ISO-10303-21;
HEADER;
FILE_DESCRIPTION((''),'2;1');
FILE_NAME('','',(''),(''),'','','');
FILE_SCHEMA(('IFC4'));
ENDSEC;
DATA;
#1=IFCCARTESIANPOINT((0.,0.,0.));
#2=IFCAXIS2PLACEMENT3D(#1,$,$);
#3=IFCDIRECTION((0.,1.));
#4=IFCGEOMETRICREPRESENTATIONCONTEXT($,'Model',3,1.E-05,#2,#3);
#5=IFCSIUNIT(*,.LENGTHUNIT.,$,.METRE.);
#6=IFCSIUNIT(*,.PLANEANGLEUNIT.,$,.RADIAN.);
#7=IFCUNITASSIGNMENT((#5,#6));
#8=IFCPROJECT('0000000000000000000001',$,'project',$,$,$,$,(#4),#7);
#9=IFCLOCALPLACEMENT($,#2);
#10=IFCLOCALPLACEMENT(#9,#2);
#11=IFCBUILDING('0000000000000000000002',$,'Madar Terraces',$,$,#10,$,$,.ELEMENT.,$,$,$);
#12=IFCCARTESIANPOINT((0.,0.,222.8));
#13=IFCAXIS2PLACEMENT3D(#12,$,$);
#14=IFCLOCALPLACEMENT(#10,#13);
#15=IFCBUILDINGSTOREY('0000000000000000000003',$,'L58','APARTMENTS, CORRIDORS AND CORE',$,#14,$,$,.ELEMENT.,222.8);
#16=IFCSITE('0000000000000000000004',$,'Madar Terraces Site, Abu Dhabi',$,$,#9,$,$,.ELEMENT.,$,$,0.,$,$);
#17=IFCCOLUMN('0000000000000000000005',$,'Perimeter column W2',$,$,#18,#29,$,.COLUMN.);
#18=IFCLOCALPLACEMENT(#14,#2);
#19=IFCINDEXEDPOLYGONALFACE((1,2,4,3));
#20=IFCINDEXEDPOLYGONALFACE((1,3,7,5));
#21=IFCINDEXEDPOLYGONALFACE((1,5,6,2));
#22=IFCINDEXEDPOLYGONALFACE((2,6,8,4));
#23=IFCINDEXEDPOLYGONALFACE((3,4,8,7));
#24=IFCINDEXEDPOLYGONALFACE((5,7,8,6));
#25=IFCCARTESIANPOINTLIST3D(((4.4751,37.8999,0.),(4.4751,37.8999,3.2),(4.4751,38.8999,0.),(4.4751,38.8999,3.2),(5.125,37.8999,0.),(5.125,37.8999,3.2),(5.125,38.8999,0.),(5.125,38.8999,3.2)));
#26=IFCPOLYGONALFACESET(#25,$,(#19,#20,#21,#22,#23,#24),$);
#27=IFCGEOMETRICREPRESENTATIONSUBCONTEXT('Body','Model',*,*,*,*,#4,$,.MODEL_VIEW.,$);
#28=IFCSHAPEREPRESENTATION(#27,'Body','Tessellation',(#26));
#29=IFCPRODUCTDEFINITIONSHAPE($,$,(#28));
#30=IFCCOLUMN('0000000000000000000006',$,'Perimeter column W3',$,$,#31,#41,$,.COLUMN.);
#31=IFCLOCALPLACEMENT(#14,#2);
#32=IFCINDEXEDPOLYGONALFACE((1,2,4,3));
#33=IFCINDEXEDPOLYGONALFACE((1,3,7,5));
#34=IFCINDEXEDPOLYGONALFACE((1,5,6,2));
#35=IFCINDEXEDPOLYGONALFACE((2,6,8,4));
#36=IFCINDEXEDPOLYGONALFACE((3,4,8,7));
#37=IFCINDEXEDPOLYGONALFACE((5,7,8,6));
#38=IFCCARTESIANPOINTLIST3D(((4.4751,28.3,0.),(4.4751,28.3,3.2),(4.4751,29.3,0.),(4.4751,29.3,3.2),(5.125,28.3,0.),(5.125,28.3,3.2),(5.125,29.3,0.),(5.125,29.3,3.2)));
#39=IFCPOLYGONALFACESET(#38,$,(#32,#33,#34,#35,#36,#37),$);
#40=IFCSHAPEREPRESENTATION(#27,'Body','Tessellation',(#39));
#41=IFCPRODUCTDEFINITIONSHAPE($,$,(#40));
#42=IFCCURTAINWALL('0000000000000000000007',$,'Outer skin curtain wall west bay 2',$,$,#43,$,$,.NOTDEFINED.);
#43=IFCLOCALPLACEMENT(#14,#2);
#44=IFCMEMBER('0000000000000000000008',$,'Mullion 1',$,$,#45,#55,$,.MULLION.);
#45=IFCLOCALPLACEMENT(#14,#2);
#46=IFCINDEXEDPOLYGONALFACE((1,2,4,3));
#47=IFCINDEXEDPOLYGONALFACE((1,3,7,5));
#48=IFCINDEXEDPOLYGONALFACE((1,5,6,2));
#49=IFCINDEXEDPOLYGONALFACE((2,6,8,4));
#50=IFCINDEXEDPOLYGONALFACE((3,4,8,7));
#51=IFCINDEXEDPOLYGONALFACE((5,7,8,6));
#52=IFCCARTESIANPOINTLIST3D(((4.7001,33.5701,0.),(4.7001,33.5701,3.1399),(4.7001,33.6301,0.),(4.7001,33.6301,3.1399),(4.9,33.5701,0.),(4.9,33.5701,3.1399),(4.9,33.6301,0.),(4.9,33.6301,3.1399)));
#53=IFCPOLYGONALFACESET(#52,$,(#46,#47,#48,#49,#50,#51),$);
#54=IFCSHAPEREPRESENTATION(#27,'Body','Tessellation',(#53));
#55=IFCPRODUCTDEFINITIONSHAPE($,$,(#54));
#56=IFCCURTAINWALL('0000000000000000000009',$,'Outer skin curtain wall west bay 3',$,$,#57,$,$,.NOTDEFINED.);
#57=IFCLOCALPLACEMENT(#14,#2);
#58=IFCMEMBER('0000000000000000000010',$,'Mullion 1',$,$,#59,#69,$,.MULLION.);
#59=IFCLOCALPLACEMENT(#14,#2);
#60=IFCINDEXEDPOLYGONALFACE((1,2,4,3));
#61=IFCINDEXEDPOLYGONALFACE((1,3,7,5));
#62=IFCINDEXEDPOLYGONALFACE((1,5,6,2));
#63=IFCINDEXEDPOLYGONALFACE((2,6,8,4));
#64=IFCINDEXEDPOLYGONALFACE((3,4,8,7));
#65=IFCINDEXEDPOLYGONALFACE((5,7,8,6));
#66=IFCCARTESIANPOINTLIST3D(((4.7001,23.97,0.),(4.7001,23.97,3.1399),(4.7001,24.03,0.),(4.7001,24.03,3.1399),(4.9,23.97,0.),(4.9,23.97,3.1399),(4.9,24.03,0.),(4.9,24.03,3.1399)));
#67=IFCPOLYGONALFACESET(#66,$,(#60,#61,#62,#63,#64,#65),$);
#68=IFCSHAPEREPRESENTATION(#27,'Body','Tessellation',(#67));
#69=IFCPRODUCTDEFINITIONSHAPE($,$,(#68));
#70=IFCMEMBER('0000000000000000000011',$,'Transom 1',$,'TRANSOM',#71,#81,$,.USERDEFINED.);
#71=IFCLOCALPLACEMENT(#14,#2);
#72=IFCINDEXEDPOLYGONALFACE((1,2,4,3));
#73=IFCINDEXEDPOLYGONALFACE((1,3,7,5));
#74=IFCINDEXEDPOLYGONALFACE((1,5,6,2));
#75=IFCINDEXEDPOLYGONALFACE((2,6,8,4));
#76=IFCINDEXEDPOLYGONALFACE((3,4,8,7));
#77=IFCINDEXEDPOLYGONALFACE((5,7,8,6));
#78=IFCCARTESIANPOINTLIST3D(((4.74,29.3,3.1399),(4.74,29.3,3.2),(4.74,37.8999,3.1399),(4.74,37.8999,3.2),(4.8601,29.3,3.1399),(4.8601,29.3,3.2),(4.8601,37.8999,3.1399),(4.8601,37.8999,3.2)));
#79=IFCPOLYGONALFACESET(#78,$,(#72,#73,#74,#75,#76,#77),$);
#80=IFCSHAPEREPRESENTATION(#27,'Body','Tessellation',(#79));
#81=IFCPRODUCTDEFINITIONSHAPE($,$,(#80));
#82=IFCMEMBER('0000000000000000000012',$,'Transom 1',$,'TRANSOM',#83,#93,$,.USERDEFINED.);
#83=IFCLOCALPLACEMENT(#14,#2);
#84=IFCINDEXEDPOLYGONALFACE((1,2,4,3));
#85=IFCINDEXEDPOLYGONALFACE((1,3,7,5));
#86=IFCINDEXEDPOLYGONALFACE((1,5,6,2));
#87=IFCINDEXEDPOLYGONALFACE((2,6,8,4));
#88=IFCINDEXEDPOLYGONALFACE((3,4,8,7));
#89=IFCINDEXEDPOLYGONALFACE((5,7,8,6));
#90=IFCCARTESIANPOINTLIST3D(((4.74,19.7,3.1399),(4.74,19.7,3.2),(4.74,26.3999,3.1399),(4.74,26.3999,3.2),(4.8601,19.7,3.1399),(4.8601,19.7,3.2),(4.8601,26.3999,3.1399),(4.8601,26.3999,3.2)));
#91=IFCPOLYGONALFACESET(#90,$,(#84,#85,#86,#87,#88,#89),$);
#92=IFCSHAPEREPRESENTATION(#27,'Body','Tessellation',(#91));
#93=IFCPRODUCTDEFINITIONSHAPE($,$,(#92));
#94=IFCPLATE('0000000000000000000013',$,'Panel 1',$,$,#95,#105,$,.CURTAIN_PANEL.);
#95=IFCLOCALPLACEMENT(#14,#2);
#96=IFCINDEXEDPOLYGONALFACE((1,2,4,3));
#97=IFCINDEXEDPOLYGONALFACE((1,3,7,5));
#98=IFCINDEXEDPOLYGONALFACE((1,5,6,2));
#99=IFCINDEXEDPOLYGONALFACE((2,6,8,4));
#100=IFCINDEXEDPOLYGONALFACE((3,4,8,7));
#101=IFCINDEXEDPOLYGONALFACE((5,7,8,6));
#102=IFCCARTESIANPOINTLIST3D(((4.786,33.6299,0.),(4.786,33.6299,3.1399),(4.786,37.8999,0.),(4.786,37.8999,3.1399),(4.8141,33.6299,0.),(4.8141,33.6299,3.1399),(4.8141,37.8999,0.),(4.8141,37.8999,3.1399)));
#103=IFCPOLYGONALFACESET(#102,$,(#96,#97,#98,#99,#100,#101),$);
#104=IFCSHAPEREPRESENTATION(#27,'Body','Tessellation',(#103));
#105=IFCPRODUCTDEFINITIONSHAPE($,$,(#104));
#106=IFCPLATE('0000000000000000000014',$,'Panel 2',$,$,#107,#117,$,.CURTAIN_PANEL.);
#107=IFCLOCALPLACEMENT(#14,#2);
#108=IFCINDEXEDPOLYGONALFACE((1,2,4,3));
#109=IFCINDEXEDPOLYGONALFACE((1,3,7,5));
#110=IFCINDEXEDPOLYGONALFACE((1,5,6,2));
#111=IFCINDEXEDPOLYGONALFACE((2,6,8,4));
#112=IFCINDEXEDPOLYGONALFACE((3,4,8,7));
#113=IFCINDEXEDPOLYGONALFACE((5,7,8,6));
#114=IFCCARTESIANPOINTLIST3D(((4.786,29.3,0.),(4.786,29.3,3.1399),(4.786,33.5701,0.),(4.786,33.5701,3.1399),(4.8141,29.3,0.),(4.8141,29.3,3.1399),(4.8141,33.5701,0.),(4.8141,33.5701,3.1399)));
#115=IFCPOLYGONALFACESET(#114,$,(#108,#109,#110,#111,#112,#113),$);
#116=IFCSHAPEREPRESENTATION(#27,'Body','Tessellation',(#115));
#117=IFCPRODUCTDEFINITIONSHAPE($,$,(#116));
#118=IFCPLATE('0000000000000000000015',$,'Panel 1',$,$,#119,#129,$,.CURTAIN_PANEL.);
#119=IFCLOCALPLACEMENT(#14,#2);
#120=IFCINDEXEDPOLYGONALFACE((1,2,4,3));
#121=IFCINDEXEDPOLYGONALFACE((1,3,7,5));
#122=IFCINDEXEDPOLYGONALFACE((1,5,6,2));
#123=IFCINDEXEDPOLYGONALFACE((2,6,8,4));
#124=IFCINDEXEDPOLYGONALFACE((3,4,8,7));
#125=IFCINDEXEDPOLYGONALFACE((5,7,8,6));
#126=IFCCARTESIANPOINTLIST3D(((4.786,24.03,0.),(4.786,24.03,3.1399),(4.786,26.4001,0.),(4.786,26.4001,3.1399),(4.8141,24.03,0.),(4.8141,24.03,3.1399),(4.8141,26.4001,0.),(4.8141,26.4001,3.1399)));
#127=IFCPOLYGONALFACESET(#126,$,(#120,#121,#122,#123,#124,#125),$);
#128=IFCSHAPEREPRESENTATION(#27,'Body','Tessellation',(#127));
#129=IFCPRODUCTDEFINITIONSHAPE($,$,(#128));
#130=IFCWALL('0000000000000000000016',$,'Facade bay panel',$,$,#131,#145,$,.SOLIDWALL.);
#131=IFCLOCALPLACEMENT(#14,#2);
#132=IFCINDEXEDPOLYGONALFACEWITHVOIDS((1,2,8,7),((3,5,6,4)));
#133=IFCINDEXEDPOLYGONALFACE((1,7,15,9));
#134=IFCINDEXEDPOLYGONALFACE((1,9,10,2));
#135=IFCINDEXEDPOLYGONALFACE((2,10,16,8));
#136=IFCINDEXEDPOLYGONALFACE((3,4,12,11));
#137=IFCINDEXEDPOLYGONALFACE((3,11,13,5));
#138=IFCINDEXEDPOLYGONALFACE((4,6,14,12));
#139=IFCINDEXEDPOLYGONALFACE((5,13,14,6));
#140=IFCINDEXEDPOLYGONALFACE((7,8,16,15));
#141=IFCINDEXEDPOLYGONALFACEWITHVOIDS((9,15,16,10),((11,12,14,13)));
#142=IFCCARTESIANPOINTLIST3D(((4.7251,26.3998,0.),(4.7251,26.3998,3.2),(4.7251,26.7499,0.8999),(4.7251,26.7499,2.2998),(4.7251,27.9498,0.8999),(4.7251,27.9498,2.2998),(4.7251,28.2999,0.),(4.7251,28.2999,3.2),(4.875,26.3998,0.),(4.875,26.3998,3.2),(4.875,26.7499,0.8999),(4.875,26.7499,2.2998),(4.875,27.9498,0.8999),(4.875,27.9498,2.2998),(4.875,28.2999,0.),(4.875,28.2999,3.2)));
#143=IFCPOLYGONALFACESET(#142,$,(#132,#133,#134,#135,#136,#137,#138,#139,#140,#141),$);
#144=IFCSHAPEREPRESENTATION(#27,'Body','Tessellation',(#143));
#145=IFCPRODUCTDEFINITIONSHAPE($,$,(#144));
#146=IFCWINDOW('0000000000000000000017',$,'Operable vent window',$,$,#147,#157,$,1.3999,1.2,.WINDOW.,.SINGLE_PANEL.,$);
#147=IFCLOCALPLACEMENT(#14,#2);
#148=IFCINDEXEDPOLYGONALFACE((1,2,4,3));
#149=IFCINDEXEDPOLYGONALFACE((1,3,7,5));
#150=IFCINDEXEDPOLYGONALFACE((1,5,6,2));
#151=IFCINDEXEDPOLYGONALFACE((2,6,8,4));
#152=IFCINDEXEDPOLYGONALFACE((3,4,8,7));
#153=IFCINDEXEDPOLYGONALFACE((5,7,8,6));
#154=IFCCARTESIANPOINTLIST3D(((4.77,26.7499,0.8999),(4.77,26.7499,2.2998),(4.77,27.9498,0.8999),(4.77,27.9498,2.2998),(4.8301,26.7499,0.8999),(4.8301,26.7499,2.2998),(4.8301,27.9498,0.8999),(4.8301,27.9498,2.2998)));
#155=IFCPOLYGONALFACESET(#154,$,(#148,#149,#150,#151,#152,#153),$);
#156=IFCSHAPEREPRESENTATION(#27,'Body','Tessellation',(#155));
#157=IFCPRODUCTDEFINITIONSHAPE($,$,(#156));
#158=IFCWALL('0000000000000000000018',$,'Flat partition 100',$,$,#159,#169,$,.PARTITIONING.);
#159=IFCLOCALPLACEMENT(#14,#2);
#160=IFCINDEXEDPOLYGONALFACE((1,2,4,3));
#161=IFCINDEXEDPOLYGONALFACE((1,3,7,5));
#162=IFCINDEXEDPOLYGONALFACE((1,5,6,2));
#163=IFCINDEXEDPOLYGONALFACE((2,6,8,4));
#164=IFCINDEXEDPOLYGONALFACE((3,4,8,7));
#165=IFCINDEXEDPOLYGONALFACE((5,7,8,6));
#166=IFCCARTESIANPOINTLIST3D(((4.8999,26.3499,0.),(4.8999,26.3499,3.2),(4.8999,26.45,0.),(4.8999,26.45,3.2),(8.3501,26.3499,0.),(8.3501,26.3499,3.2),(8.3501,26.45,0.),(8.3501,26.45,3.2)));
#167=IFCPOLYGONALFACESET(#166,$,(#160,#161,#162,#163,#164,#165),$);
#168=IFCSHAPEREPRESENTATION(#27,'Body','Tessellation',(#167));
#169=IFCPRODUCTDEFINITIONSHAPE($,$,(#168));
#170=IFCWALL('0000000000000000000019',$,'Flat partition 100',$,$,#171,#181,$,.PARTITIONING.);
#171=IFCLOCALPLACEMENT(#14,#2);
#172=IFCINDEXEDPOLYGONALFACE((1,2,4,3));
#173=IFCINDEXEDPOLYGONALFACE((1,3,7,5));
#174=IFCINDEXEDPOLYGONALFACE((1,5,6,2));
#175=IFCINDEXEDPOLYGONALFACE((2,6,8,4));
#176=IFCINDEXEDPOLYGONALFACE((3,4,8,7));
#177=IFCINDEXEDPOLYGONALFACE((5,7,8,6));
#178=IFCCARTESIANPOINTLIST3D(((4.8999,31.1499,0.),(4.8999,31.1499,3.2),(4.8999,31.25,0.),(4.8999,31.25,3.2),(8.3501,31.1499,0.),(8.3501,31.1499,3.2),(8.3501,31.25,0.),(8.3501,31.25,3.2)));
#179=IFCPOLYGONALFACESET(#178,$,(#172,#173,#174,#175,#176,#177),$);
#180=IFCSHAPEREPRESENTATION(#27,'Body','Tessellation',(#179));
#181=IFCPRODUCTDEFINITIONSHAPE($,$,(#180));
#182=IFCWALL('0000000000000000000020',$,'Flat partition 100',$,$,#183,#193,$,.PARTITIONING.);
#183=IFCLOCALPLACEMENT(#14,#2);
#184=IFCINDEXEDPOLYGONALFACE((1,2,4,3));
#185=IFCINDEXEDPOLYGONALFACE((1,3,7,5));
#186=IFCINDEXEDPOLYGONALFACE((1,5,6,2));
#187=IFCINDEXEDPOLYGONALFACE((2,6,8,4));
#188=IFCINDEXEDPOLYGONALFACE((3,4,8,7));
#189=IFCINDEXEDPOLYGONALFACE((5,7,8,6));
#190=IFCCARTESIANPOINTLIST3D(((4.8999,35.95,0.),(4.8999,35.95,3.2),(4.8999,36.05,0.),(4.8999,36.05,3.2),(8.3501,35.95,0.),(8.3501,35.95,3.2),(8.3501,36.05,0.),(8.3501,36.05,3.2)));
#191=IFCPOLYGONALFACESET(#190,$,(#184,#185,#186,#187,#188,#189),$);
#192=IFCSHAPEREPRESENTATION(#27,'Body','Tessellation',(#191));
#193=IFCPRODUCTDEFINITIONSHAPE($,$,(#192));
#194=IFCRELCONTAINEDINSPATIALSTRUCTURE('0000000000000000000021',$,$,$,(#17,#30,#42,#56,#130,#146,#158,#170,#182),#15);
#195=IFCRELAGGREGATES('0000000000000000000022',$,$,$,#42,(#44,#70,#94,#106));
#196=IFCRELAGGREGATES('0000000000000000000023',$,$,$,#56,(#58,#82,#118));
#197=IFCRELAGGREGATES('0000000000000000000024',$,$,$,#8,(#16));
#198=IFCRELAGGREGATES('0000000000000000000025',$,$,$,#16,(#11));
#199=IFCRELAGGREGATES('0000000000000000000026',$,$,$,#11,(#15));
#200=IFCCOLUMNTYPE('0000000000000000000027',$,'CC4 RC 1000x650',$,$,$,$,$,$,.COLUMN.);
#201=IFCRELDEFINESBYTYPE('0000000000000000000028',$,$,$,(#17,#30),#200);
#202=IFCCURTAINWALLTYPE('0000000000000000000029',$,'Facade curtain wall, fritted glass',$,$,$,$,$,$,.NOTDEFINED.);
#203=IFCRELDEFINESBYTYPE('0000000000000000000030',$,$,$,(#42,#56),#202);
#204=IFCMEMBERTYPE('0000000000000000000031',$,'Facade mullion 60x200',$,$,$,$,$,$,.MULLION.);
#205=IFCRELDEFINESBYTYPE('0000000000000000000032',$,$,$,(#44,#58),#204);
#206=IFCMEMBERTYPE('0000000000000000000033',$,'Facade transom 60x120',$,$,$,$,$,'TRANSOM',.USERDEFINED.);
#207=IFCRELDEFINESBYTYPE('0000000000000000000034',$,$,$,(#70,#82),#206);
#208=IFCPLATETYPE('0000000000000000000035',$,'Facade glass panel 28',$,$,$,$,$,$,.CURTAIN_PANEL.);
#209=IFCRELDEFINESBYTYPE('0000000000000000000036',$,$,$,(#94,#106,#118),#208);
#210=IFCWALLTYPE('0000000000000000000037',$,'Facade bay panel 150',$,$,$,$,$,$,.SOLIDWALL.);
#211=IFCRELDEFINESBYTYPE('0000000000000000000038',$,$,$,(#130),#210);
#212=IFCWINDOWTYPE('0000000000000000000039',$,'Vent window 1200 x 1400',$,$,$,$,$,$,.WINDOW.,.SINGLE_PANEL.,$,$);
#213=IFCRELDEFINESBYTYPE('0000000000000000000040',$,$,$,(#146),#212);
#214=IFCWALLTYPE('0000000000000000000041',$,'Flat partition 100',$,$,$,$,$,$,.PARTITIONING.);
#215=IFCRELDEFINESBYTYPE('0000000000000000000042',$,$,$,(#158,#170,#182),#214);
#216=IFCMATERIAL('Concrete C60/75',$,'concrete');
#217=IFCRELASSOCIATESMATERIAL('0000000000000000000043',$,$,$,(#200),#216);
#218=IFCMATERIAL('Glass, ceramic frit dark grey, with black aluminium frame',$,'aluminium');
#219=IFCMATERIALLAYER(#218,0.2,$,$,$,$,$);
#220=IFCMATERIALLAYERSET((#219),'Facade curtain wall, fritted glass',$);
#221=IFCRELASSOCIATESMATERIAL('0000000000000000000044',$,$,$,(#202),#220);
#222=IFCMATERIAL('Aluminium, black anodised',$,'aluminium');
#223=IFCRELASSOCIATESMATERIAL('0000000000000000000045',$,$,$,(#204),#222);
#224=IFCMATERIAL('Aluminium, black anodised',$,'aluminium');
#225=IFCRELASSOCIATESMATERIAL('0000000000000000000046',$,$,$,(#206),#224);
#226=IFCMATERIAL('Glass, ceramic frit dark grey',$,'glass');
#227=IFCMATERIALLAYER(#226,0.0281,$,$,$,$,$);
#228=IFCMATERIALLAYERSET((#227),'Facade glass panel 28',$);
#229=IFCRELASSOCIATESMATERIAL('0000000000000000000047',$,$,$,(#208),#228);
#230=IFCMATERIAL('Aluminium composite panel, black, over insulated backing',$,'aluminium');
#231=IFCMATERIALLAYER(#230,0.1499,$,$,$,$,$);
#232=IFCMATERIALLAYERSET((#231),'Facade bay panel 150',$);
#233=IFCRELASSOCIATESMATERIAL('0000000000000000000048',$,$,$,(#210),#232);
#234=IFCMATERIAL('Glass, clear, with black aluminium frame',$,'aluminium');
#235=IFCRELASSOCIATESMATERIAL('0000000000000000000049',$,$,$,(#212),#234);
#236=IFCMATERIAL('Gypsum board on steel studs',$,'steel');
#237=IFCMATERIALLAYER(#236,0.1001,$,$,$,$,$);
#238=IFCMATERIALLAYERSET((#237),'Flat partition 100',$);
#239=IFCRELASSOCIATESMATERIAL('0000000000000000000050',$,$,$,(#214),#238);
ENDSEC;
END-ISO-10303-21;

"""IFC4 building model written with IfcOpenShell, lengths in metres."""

from ifc_helpers import new_model, si_unit, direction, frame, frame_2d, origin, origin_2d, place, context, subcontext, project, spatial, rectangle, extrude, material, layer, layer_set, material_profile, profile_set, type_object, element, fill, aggregate, save


model = new_model("IFC4")

# Units and contexts
model_context = context("Model", 3, precision=1e-05, world=origin(), true_north=direction((0.0, 1.0)))
body_context = subcontext(model_context, "Body", "Model", "MODEL_VIEW")
ifc_project = project(units=[si_unit("LENGTHUNIT", "METRE"), si_unit("PLANEANGLEUNIT", "RADIAN")], contexts=[model_context])

# Site, building, storey
site_placement = place(None, origin())
site = spatial("IfcSite", under=ifc_project, at=site_placement, Name="Madar Terraces Site, Abu Dhabi", CompositionType="ELEMENT", RefElevation=0.0)
building_placement = place(site_placement, origin())
building = spatial("IfcBuilding", under=site, at=building_placement, Name="Madar Terraces", CompositionType="ELEMENT")
storey_placement = place(building_placement, frame((0.0, 0.0, 222.8)))
storey = spatial("IfcBuildingStorey", under=building, at=storey_placement, Name="L58", Description="APARTMENTS, CORRIDORS AND CORE", CompositionType="ELEMENT", Elevation=222.8)

# Columns
ifc_material_1 = material(Name="Concrete C60/75", Category="concrete")
ifc_material_profile_1 = material_profile(ifc_material_1, rectangle(XDim=1.0, YDim=0.6499, at=origin_2d()), Name="CC4 RC 1000x650")
ifc_profile_set_1 = profile_set([ifc_material_profile_1], Name="Concrete C60/75")
column_type = type_object("IfcColumnType", Name="CC4 RC 1000x650", PredefinedType="COLUMN", material=ifc_profile_set_1)
for number, where, z_axis, x_axis, name in (
    (1, (4.8, 38.3999, 0.0), (0.0, 0.0, 1.0), (0.0, 1.0, 0.0), "Perimeter column W2"),
    (2, (4.8, 28.8, 0.0), (0.0, 0.0, 1.0), (0.0, 1.0, 0.0), "Perimeter column W3"),
):
    element("IfcColumn", number, at=place(storey_placement, frame(where, z_axis=z_axis, x_axis=x_axis)), inside=storey, type_object=column_type, Name=name, PredefinedType="COLUMN", context=body_context, shape_type="SweptSolid", body=[
        extrude(rectangle(XDim=1.0, YDim=0.6499, at=origin_2d()), origin(), (0.0, 0.0, 1.0), 3.2),
    ])

# Curtain walls, members
ifc_material_2 = material(Name="Glass, ceramic frit dark grey, with black aluminium frame", Category="aluminium")
ifc_layer_1 = layer(ifc_material_2, 0.2)
ifc_layer_set_1 = layer_set([ifc_layer_1], Name="Facade curtain wall, fritted glass")
curtain_wall_type = type_object("IfcCurtainWallType", Name="Facade curtain wall, fritted glass", PredefinedType="NOTDEFINED", material=ifc_layer_set_1)
curtain_wall_1_placement = place(storey_placement, origin())
curtain_wall_1 = element("IfcCurtainWall", 3, at=curtain_wall_1_placement, inside=storey, type_object=curtain_wall_type, Name="Outer skin curtain wall west bay 2", PredefinedType="NOTDEFINED")
ifc_material_3 = material(Name="Aluminium, black anodised", Category="aluminium")
ifc_material_profile_2 = material_profile(ifc_material_3, rectangle(XDim=0.2, YDim=0.0601, at=origin_2d()), Name="Facade mullion 60x200")
ifc_profile_set_2 = profile_set([ifc_material_profile_2], Name="Aluminium, black anodised")
member_type_1 = type_object("IfcMemberType", Name="Facade mullion 60x200", PredefinedType="MULLION", material=ifc_profile_set_2)
member_1_placement = place(storey_placement, frame((4.8, 33.6001, 0.0), z_axis=(0.0, 0.0, 1.0), x_axis=(1.0, 0.0, 0.0)))
member_1 = element("IfcMember", 4, at=member_1_placement, type_object=member_type_1, Name="Mullion 1", PredefinedType="MULLION", context=body_context, shape_type="SweptSolid", body=[
    extrude(rectangle(XDim=0.2, YDim=0.0601, at=origin_2d()), origin(), (0.0, 0.0, 1.0), 3.1399),
])
curtain_wall_2_placement = place(storey_placement, origin())
curtain_wall_2 = element("IfcCurtainWall", 5, at=curtain_wall_2_placement, inside=storey, type_object=curtain_wall_type, Name="Outer skin curtain wall west bay 3", PredefinedType="NOTDEFINED")
member_2_placement = place(storey_placement, frame((4.8, 24.0, 0.0), z_axis=(0.0, 0.0, 1.0), x_axis=(1.0, 0.0, 0.0)))
member_2 = element("IfcMember", 6, at=member_2_placement, type_object=member_type_1, Name="Mullion 1", PredefinedType="MULLION", context=body_context, shape_type="SweptSolid", body=[
    extrude(rectangle(XDim=0.2, YDim=0.0601, at=origin_2d()), origin(), (0.0, 0.0, 1.0), 3.1399),
])

# Members
ifc_material_4 = material(Name="Aluminium, black anodised", Category="aluminium")
ifc_material_profile_3 = material_profile(ifc_material_4, rectangle(XDim=0.1201, YDim=0.0601, at=origin_2d()), Name="Facade transom 60x120")
ifc_profile_set_3 = profile_set([ifc_material_profile_3], Name="Aluminium, black anodised")
member_type_2 = type_object("IfcMemberType", Name="Facade transom 60x120", ElementType="TRANSOM", PredefinedType="USERDEFINED", material=ifc_profile_set_3)
member_3_placement = place(storey_placement, frame((4.8, 37.8999, 3.1699), z_axis=(0.0, -1.0, 0.0), x_axis=(1.0, 0.0, 0.0)))
member_3 = element("IfcMember", 7, at=member_3_placement, type_object=member_type_2, Name="Transom 1", ObjectType="TRANSOM", PredefinedType="USERDEFINED", context=body_context, shape_type="SweptSolid", body=[
    extrude(rectangle(XDim=0.1201, YDim=0.0601, at=origin_2d()), origin(), (0.0, 0.0, 1.0), 8.5999),
])
member_4_placement = place(storey_placement, frame((4.8, 26.3999, 3.1699), z_axis=(0.0, -1.0, 0.0), x_axis=(1.0, 0.0, 0.0)))
member_4 = element("IfcMember", 8, at=member_4_placement, type_object=member_type_2, Name="Transom 1", ObjectType="TRANSOM", PredefinedType="USERDEFINED", context=body_context, shape_type="SweptSolid", body=[
    extrude(rectangle(XDim=0.1201, YDim=0.0601, at=origin_2d()), origin(), (0.0, 0.0, 1.0), 6.7),
])

# Plates
ifc_material_5 = material(Name="Glass, ceramic frit dark grey", Category="glass")
ifc_layer_2 = layer(ifc_material_5, 0.0281)
ifc_layer_set_2 = layer_set([ifc_layer_2], Name="Facade glass panel 28")
plate_type = type_object("IfcPlateType", Name="Facade glass panel 28", PredefinedType="CURTAIN_PANEL", material=ifc_layer_set_2)
plate_1_placement = place(storey_placement, frame((4.8, 35.7649, 0.0), z_axis=(0.0, 0.0, 1.0), x_axis=(0.0, -1.0, 0.0)))
plate_1 = element("IfcPlate", 9, at=plate_1_placement, type_object=plate_type, Name="Panel 1", PredefinedType="CURTAIN_PANEL", context=body_context, shape_type="SweptSolid", body=[
    extrude(rectangle(XDim=4.27, YDim=0.0281, at=origin_2d()), origin(), (0.0, 0.0, 1.0), 3.1399),
])
plate_2_placement = place(storey_placement, frame((4.8, 31.4351, 0.0), z_axis=(0.0, 0.0, 1.0), x_axis=(0.0, -1.0, 0.0)))
plate_2 = element("IfcPlate", 10, at=plate_2_placement, type_object=plate_type, Name="Panel 2", PredefinedType="CURTAIN_PANEL", context=body_context, shape_type="SweptSolid", body=[
    extrude(rectangle(XDim=4.27, YDim=0.0281, at=origin_2d()), origin(), (0.0, 0.0, 1.0), 3.1399),
])
aggregate(curtain_wall_1, [member_1, member_3, plate_1, plate_2])
plate_3_placement = place(storey_placement, frame((4.8, 25.2151, 0.0), z_axis=(0.0, 0.0, 1.0), x_axis=(0.0, -1.0, 0.0)))
plate_3 = element("IfcPlate", 11, at=plate_3_placement, type_object=plate_type, Name="Panel 1", PredefinedType="CURTAIN_PANEL", context=body_context, shape_type="SweptSolid", body=[
    extrude(rectangle(XDim=2.3701, YDim=0.0281, at=origin_2d()), origin(), (0.0, 0.0, 1.0), 3.1399),
])
aggregate(curtain_wall_2, [member_2, member_4, plate_3])

# Wall, opening, window
ifc_material_6 = material(Name="Aluminium composite panel, black, over insulated backing", Category="aluminium")
ifc_layer_3 = layer(ifc_material_6, 0.1499)
ifc_layer_set_3 = layer_set([ifc_layer_3], Name="Facade bay panel 150")
wall_type_1 = type_object("IfcWallType", Name="Facade bay panel 150", PredefinedType="SOLIDWALL", material=ifc_layer_set_3)
wall_1_placement = place(storey_placement, frame((4.8, 28.3, 0.0), z_axis=(0.0, 0.0, 1.0), x_axis=(0.0, -1.0, 0.0)))
wall_1 = element("IfcWall", 12, at=wall_1_placement, inside=storey, type_object=wall_type_1, Name="Facade bay panel", PredefinedType="SOLIDWALL", context=body_context, shape_type="SweptSolid", body=[
    extrude(rectangle(XDim=1.9001, YDim=0.1499, at=frame_2d((0.9502, 0.0))), origin(), (0.0, 0.0, 1.0), 3.2),
])
opening_1_placement = place(wall_1_placement, frame((0.3501, 0.0, 0.8999)))
opening_1 = element("IfcOpeningElement", 13, at=opening_1_placement, cuts=wall_1, PredefinedType="OPENING", context=body_context, shape_type="SweptSolid", body=[
    extrude(rectangle(XDim=1.2, YDim=1.3999, at=frame_2d((0.6001, 0.7))), frame((0.0, 0.085, 0.0), z_axis=(0.0, -1.0, 0.0), x_axis=(1.0, 0.0, 0.0)), (0.0, 0.0, 1.0), 0.1699),
])
ifc_material_7 = material(Name="Glass, clear, with black aluminium frame", Category="aluminium")
window_type = type_object("IfcWindowType", Name="Vent window 1200 x 1400", PartitioningType="SINGLE_PANEL", PredefinedType="WINDOW", material=ifc_material_7)
window_placement = place(opening_1_placement, origin())
window = element("IfcWindow", 14, at=window_placement, inside=storey, type_object=window_type, Name="Operable vent window", OverallHeight=1.3999, OverallWidth=1.2, PartitioningType="SINGLE_PANEL", PredefinedType="WINDOW", context=body_context, shape_type="SweptSolid", body=[
    extrude(rectangle(XDim=1.2, YDim=1.3999, at=frame_2d((0.6001, 0.7))), frame((0.0, 0.03, 0.0), z_axis=(0.0, -1.0, 0.0), x_axis=(1.0, 0.0, 0.0)), (0.0, 0.0, 1.0), 0.0601),
])
fill(opening_1, window)

# Walls
ifc_material_8 = material(Name="Gypsum board on steel studs", Category="steel")
ifc_layer_4 = layer(ifc_material_8, 0.1001)
ifc_layer_set_4 = layer_set([ifc_layer_4], Name="Flat partition 100")
wall_type_2 = type_object("IfcWallType", Name="Flat partition 100", PredefinedType="PARTITIONING", material=ifc_layer_set_4)
for number, where, z_axis, x_axis, name in (
    (15, (8.3501, 26.3999, 0.0), (0.0, 0.0, 1.0), (-1.0, 0.0, 0.0), "Flat partition 100"),
    (16, (8.3501, 31.2, 0.0), (0.0, 0.0, 1.0), (-1.0, 0.0, 0.0), "Flat partition 100"),
    (17, (8.3501, 36.0, 0.0), (0.0, 0.0, 1.0), (-1.0, 0.0, 0.0), "Flat partition 100"),
):
    element("IfcWall", number, at=place(storey_placement, frame(where, z_axis=z_axis, x_axis=x_axis)), inside=storey, type_object=wall_type_2, Name=name, PredefinedType="PARTITIONING", context=body_context, shape_type="SweptSolid", body=[
        extrude(rectangle(XDim=3.4502, YDim=0.1001, at=frame_2d((1.7251, 0.0))), origin(), (0.0, 0.0, 1.0), 3.2),
    ])

save(model, "model.ifc")
